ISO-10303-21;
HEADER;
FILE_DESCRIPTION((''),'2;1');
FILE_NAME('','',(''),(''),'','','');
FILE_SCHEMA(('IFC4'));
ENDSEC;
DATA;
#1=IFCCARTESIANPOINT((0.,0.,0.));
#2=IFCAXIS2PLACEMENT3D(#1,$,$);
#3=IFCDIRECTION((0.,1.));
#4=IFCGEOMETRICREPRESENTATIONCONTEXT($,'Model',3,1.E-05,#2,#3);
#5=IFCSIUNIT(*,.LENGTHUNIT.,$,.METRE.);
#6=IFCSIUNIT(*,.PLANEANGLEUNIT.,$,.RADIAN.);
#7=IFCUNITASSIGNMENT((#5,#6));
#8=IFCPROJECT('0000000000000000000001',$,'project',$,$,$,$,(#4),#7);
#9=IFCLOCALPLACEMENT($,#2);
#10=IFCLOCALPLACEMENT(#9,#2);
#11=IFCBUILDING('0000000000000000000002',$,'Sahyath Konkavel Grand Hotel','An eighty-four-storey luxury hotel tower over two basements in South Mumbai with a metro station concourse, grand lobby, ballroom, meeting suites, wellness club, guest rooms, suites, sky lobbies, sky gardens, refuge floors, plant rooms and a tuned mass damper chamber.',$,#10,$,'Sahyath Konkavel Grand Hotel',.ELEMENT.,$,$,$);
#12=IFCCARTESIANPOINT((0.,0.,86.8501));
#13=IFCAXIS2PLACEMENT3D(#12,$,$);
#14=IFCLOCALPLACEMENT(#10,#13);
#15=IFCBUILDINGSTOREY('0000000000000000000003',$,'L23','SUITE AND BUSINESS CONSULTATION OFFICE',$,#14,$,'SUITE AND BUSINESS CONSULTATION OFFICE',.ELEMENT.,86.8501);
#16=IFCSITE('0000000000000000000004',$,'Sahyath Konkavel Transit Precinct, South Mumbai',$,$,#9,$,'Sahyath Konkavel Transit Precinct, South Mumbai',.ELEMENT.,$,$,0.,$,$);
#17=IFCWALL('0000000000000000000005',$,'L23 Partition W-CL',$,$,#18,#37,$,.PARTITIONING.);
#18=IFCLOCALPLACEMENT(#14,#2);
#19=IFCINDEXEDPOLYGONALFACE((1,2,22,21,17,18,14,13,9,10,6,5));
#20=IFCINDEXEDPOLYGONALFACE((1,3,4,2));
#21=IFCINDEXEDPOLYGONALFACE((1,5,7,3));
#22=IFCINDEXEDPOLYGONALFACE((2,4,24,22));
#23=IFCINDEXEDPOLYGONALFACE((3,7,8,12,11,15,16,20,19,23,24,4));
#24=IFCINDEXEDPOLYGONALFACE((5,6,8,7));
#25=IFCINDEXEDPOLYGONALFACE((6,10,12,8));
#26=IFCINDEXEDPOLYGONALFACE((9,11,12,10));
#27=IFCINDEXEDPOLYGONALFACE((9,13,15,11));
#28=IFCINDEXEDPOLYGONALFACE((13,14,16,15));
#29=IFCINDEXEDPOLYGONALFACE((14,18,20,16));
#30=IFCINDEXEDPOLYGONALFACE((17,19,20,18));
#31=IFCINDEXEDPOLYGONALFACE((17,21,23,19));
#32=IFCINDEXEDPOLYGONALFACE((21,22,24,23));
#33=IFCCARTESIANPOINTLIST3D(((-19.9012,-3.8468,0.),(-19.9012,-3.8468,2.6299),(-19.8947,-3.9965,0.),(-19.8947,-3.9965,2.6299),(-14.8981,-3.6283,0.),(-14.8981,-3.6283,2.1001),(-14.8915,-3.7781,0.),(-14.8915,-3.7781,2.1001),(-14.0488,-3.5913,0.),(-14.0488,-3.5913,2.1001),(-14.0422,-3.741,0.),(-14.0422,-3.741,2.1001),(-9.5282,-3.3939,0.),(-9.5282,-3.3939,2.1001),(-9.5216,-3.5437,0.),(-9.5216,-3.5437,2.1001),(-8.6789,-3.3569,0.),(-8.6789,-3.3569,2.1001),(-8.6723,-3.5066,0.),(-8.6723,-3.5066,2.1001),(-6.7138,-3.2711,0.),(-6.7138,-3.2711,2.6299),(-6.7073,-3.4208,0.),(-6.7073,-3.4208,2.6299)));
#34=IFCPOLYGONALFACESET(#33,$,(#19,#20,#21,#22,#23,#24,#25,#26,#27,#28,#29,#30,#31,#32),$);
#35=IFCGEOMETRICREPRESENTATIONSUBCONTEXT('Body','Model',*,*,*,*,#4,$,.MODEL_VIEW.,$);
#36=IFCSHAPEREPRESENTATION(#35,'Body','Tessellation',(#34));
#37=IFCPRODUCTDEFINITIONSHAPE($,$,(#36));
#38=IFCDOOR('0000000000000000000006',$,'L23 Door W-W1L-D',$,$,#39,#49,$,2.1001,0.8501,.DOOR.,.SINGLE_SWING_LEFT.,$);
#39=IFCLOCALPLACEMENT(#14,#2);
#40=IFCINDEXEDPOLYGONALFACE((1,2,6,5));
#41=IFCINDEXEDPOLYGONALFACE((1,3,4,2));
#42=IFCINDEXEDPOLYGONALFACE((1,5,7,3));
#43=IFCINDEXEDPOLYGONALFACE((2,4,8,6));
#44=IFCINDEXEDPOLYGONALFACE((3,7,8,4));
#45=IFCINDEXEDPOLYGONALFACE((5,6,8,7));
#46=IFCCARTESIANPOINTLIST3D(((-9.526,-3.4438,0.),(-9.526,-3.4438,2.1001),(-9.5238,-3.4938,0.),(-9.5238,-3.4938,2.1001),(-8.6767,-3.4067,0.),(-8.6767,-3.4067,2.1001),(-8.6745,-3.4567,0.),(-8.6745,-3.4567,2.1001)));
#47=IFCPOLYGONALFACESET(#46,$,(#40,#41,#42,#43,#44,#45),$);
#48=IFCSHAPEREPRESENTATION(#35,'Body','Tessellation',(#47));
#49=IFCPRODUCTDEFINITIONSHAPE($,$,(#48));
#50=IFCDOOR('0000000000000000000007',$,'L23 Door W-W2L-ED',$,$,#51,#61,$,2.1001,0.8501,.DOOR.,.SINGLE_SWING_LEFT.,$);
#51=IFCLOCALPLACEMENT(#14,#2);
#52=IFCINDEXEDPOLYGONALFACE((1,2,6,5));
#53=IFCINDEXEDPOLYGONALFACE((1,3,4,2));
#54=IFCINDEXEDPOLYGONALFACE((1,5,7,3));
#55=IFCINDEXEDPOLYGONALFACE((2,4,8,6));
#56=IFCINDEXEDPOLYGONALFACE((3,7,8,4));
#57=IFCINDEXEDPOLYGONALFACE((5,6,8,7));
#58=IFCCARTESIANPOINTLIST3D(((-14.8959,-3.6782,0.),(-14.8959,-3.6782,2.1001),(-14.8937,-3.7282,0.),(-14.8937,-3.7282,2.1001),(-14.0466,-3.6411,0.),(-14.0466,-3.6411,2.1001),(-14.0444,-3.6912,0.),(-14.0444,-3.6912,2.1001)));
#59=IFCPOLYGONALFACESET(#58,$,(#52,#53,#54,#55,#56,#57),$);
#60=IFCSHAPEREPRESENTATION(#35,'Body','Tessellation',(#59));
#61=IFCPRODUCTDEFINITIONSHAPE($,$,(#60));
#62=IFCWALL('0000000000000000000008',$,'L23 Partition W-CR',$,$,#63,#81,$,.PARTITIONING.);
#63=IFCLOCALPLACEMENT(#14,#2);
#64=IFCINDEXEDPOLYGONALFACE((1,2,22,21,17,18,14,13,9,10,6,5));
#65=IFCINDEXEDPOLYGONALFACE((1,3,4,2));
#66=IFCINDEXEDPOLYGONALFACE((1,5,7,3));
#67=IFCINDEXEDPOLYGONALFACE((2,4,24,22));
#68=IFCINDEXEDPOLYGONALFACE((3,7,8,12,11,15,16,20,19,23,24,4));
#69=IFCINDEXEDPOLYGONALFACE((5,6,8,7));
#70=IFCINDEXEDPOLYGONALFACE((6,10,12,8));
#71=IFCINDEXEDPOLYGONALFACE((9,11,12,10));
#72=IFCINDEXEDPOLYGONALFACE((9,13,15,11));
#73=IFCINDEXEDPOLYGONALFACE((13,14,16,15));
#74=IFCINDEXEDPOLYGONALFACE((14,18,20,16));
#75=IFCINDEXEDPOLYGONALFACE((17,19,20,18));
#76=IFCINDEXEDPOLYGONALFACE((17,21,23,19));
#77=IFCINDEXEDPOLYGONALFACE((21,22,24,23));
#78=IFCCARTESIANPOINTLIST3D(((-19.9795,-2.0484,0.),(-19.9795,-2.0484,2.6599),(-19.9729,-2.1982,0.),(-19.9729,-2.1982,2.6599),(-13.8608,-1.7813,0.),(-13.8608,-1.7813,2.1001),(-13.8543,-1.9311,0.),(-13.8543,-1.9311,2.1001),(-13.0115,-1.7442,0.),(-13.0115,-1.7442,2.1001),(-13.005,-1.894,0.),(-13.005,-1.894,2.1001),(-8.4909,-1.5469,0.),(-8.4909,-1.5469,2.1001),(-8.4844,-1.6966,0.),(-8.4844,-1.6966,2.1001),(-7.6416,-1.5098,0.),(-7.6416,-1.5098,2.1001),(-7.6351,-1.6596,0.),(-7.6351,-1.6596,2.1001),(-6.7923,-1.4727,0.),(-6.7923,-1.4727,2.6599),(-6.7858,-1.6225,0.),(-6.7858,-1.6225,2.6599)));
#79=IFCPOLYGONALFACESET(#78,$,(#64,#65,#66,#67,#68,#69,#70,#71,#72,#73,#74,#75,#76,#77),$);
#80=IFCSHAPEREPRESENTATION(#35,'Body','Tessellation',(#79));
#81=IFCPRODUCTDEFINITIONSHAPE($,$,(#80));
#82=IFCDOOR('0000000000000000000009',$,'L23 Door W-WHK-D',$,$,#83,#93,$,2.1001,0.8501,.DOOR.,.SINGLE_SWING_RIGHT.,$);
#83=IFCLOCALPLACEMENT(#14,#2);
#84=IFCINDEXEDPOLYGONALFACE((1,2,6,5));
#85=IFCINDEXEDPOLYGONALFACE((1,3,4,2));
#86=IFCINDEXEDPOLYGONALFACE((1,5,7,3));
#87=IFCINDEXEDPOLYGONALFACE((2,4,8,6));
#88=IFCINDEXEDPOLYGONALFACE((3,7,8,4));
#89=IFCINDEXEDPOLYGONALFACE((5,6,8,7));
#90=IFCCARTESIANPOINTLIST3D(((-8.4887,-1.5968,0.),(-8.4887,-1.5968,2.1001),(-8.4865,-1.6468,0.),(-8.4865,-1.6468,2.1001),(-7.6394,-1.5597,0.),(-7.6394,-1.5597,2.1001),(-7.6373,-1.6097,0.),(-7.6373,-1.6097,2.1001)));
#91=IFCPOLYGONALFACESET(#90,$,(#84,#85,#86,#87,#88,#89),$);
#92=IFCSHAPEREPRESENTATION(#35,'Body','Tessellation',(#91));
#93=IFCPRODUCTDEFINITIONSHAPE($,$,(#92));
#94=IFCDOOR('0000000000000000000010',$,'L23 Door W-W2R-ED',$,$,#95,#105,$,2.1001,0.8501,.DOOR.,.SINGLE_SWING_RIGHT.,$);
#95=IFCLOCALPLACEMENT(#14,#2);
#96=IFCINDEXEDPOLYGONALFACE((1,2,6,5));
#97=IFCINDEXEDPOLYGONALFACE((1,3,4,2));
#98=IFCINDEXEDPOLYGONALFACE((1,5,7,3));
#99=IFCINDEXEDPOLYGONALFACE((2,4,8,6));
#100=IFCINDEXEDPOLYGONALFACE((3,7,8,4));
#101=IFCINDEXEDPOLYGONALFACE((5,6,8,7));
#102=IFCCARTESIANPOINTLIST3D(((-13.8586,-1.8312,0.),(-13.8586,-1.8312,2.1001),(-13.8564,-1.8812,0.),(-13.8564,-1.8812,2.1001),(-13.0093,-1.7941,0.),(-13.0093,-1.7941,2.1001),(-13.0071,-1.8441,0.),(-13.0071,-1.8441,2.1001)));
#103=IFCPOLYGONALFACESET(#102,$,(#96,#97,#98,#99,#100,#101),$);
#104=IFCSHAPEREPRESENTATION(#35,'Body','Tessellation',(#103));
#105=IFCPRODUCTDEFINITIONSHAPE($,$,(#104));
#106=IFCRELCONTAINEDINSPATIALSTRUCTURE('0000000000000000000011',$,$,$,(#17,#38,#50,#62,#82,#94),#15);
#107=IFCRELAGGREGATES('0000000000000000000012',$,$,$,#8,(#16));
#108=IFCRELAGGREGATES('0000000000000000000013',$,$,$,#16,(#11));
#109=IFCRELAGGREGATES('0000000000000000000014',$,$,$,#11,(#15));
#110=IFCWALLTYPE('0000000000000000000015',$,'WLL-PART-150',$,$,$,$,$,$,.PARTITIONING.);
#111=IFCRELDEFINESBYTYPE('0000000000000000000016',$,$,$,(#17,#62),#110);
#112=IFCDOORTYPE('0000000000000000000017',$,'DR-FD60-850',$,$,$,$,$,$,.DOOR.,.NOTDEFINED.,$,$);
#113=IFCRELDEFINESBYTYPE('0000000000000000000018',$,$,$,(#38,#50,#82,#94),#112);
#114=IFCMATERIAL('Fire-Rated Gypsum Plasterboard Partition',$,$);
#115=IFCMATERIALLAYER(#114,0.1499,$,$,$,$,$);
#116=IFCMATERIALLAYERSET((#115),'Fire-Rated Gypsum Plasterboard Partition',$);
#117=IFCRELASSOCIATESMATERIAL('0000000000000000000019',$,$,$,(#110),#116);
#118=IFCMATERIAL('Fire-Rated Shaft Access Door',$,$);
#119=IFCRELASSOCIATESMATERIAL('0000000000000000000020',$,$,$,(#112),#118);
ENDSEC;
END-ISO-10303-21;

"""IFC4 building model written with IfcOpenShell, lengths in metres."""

from ifc_helpers import new_model, si_unit, direction, frame, frame_2d, origin, origin_2d, place, context, subcontext, project, spatial, rectangle, extrude, source, transform, mapped, material, layer, layer_set, type_object, element, fill, save


model = new_model("IFC4")

# Units and contexts
model_context = context("Model", 3, precision=1e-05, world=origin(), true_north=direction((0.0, 1.0)))
body_context = subcontext(model_context, "Body", "Model", "MODEL_VIEW")
ifc_project = project(units=[si_unit("LENGTHUNIT", "METRE"), si_unit("PLANEANGLEUNIT", "RADIAN")], contexts=[model_context])

# Site, building, storey
site_placement = place(None, origin())
site = spatial("IfcSite", under=ifc_project, at=site_placement, Name="Sahyath Konkavel Transit Precinct, South Mumbai", LongName="Sahyath Konkavel Transit Precinct, South Mumbai", CompositionType="ELEMENT", RefElevation=0.0)
building_placement = place(site_placement, origin())
building = spatial("IfcBuilding", under=site, at=building_placement, Name="Sahyath Konkavel Grand Hotel", Description="An eighty-four-storey luxury hotel tower over two basements in South Mumbai with a metro station concourse, grand lobby, ballroom, meeting suites, wellness club, guest rooms, suites, sky lobbies, sky gardens, refuge floors, plant rooms and a tuned mass damper chamber.", LongName="Sahyath Konkavel Grand Hotel", CompositionType="ELEMENT")
storey_placement = place(building_placement, frame((0.0, 0.0, 86.8501)))
storey = spatial("IfcBuildingStorey", under=building, at=storey_placement, Name="L23", Description="SUITE AND BUSINESS CONSULTATION OFFICE", LongName="SUITE AND BUSINESS CONSULTATION OFFICE", CompositionType="ELEMENT", Elevation=86.8501)

# Walls, openings, doors
ifc_material_1 = material(Name="Fire-Rated Gypsum Plasterboard Partition")
ifc_layer_1 = layer(ifc_material_1, 0.1499)
ifc_layer_set_1 = layer_set([ifc_layer_1], Name="Fire-Rated Gypsum Plasterboard Partition")
wall_type_1 = type_object("IfcWallType", Name="WLL-PART-150", PredefinedType="PARTITIONING", material=ifc_layer_set_1)
wall_1_placement = place(storey_placement, frame((-6.7104, -3.3459, 0.0), z_axis=(0.0, 0.0, 1.0), x_axis=(-0.999049, -0.043612, 0.0)))
wall_1 = element("IfcWall", 1, at=wall_1_placement, inside=storey, type_object=wall_type_1, Name="L23 Partition W-CL", PredefinedType="PARTITIONING", context=body_context, shape_type="SweptSolid", body=[
    extrude(rectangle(XDim=13.2, YDim=0.1499, at=frame_2d((6.6001, 0.0))), origin(), (0.0, 0.0, 1.0), 2.6299),
])
opening_1_placement = place(wall_1_placement, frame((1.967, 0.0, 0.0)))
opening_1 = element("IfcOpeningElement", 2, at=opening_1_placement, cuts=wall_1, PredefinedType="OPENING", context=body_context, shape_type="SweptSolid", body=[
    extrude(rectangle(XDim=0.8501, YDim=2.1001, at=frame_2d((0.425, 1.05))), frame((0.0, 0.085, 0.0), z_axis=(0.0, -1.0, 0.0), x_axis=(1.0, 0.0, 0.0)), (0.0, 0.0, 1.0), 0.1699),
])
opening_2_placement = place(wall_1_placement, frame((7.342, 0.0, 0.0)))
opening_2 = element("IfcOpeningElement", 3, at=opening_2_placement, cuts=wall_1, PredefinedType="OPENING", context=body_context, shape_type="SweptSolid", body=[
    extrude(rectangle(XDim=0.8501, YDim=2.1001, at=frame_2d((0.425, 1.05))), frame((0.0, 0.085, 0.0), z_axis=(0.0, -1.0, 0.0), x_axis=(1.0, 0.0, 0.0)), (0.0, 0.0, 1.0), 0.1699),
])
ifc_material_2 = material(Name="Fire-Rated Shaft Access Door")
door_type_1 = type_object("IfcDoorType", Name="DR-FD60-850", OperationType="NOTDEFINED", PredefinedType="DOOR", material=ifc_material_2)
shared_shape_1 = source(origin(), body_context, "Body", "SweptSolid", [
    extrude(rectangle(XDim=0.8501, YDim=0.05, at=origin_2d()), origin(), (0.0, 0.0, 1.0), 2.1001),
])
door_1_placement = place(opening_1_placement, frame((0.425, 0.0, 0.0)))
door_1 = element("IfcDoor", 4, at=door_1_placement, inside=storey, type_object=door_type_1, Name="L23 Door W-W1L-D", OperationType="SINGLE_SWING_LEFT", OverallHeight=2.1001, OverallWidth=0.8501, PredefinedType="DOOR", context=body_context, shape_type="MappedRepresentation", body=[
    mapped(shared_shape_1, transform((0.0, 0.0, 0.0), scale=1.0)),
])
fill(opening_1, door_1)
door_2_placement = place(opening_2_placement, frame((0.425, 0.0, 0.0)))
door_2 = element("IfcDoor", 5, at=door_2_placement, inside=storey, type_object=door_type_1, Name="L23 Door W-W2L-ED", OperationType="SINGLE_SWING_LEFT", OverallHeight=2.1001, OverallWidth=0.8501, PredefinedType="DOOR", context=body_context, shape_type="MappedRepresentation", body=[
    mapped(shared_shape_1, transform((0.0, 0.0, 0.0), scale=1.0)),
])
fill(opening_2, door_2)
wall_2_placement = place(storey_placement, frame((-6.7891, -1.5476, 0.0), z_axis=(0.0, 0.0, 1.0), x_axis=(-0.999049, -0.043613, 0.0)))
wall_2 = element("IfcWall", 6, at=wall_2_placement, inside=storey, type_object=wall_type_1, Name="L23 Partition W-CR", PredefinedType="PARTITIONING", context=body_context, shape_type="SweptSolid", body=[
    extrude(rectangle(XDim=13.1997, YDim=0.1499, at=frame_2d((6.5999, 0.0))), origin(), (0.0, 0.0, 1.0), 2.6599),
])
opening_3_placement = place(wall_2_placement, frame((0.8501, 0.0, 0.0)))
opening_3 = element("IfcOpeningElement", 7, at=opening_3_placement, cuts=wall_2, PredefinedType="OPENING", context=body_context, shape_type="SweptSolid", body=[
    extrude(rectangle(XDim=0.8501, YDim=2.1001, at=frame_2d((0.425, 1.05))), frame((0.0, 0.085, 0.0), z_axis=(0.0, -1.0, 0.0), x_axis=(1.0, 0.0, 0.0)), (0.0, 0.0, 1.0), 0.1699),
])
opening_4_placement = place(wall_2_placement, frame((6.2251, 0.0, 0.0)))
opening_4 = element("IfcOpeningElement", 8, at=opening_4_placement, cuts=wall_2, PredefinedType="OPENING", context=body_context, shape_type="SweptSolid", body=[
    extrude(rectangle(XDim=0.8501, YDim=2.1001, at=frame_2d((0.425, 1.05))), frame((0.0, 0.085, 0.0), z_axis=(0.0, -1.0, 0.0), x_axis=(1.0, 0.0, 0.0)), (0.0, 0.0, 1.0), 0.1699),
])
door_3_placement = place(opening_3_placement, frame((0.425, 0.0, 0.0)))
door_3 = element("IfcDoor", 9, at=door_3_placement, inside=storey, type_object=door_type_1, Name="L23 Door W-WHK-D", OperationType="SINGLE_SWING_RIGHT", OverallHeight=2.1001, OverallWidth=0.8501, PredefinedType="DOOR", context=body_context, shape_type="MappedRepresentation", body=[
    mapped(shared_shape_1, transform((0.0, 0.0, 0.0), scale=1.0)),
])
fill(opening_3, door_3)
door_4_placement = place(opening_4_placement, frame((0.425, 0.0, 0.0)))
door_4 = element("IfcDoor", 10, at=door_4_placement, inside=storey, type_object=door_type_1, Name="L23 Door W-W2R-ED", OperationType="SINGLE_SWING_RIGHT", OverallHeight=2.1001, OverallWidth=0.8501, PredefinedType="DOOR", context=body_context, shape_type="MappedRepresentation", body=[
    mapped(shared_shape_1, transform((0.0, 0.0, 0.0), scale=1.0)),
])
fill(opening_4, door_4)

save(model, "model.ifc")
